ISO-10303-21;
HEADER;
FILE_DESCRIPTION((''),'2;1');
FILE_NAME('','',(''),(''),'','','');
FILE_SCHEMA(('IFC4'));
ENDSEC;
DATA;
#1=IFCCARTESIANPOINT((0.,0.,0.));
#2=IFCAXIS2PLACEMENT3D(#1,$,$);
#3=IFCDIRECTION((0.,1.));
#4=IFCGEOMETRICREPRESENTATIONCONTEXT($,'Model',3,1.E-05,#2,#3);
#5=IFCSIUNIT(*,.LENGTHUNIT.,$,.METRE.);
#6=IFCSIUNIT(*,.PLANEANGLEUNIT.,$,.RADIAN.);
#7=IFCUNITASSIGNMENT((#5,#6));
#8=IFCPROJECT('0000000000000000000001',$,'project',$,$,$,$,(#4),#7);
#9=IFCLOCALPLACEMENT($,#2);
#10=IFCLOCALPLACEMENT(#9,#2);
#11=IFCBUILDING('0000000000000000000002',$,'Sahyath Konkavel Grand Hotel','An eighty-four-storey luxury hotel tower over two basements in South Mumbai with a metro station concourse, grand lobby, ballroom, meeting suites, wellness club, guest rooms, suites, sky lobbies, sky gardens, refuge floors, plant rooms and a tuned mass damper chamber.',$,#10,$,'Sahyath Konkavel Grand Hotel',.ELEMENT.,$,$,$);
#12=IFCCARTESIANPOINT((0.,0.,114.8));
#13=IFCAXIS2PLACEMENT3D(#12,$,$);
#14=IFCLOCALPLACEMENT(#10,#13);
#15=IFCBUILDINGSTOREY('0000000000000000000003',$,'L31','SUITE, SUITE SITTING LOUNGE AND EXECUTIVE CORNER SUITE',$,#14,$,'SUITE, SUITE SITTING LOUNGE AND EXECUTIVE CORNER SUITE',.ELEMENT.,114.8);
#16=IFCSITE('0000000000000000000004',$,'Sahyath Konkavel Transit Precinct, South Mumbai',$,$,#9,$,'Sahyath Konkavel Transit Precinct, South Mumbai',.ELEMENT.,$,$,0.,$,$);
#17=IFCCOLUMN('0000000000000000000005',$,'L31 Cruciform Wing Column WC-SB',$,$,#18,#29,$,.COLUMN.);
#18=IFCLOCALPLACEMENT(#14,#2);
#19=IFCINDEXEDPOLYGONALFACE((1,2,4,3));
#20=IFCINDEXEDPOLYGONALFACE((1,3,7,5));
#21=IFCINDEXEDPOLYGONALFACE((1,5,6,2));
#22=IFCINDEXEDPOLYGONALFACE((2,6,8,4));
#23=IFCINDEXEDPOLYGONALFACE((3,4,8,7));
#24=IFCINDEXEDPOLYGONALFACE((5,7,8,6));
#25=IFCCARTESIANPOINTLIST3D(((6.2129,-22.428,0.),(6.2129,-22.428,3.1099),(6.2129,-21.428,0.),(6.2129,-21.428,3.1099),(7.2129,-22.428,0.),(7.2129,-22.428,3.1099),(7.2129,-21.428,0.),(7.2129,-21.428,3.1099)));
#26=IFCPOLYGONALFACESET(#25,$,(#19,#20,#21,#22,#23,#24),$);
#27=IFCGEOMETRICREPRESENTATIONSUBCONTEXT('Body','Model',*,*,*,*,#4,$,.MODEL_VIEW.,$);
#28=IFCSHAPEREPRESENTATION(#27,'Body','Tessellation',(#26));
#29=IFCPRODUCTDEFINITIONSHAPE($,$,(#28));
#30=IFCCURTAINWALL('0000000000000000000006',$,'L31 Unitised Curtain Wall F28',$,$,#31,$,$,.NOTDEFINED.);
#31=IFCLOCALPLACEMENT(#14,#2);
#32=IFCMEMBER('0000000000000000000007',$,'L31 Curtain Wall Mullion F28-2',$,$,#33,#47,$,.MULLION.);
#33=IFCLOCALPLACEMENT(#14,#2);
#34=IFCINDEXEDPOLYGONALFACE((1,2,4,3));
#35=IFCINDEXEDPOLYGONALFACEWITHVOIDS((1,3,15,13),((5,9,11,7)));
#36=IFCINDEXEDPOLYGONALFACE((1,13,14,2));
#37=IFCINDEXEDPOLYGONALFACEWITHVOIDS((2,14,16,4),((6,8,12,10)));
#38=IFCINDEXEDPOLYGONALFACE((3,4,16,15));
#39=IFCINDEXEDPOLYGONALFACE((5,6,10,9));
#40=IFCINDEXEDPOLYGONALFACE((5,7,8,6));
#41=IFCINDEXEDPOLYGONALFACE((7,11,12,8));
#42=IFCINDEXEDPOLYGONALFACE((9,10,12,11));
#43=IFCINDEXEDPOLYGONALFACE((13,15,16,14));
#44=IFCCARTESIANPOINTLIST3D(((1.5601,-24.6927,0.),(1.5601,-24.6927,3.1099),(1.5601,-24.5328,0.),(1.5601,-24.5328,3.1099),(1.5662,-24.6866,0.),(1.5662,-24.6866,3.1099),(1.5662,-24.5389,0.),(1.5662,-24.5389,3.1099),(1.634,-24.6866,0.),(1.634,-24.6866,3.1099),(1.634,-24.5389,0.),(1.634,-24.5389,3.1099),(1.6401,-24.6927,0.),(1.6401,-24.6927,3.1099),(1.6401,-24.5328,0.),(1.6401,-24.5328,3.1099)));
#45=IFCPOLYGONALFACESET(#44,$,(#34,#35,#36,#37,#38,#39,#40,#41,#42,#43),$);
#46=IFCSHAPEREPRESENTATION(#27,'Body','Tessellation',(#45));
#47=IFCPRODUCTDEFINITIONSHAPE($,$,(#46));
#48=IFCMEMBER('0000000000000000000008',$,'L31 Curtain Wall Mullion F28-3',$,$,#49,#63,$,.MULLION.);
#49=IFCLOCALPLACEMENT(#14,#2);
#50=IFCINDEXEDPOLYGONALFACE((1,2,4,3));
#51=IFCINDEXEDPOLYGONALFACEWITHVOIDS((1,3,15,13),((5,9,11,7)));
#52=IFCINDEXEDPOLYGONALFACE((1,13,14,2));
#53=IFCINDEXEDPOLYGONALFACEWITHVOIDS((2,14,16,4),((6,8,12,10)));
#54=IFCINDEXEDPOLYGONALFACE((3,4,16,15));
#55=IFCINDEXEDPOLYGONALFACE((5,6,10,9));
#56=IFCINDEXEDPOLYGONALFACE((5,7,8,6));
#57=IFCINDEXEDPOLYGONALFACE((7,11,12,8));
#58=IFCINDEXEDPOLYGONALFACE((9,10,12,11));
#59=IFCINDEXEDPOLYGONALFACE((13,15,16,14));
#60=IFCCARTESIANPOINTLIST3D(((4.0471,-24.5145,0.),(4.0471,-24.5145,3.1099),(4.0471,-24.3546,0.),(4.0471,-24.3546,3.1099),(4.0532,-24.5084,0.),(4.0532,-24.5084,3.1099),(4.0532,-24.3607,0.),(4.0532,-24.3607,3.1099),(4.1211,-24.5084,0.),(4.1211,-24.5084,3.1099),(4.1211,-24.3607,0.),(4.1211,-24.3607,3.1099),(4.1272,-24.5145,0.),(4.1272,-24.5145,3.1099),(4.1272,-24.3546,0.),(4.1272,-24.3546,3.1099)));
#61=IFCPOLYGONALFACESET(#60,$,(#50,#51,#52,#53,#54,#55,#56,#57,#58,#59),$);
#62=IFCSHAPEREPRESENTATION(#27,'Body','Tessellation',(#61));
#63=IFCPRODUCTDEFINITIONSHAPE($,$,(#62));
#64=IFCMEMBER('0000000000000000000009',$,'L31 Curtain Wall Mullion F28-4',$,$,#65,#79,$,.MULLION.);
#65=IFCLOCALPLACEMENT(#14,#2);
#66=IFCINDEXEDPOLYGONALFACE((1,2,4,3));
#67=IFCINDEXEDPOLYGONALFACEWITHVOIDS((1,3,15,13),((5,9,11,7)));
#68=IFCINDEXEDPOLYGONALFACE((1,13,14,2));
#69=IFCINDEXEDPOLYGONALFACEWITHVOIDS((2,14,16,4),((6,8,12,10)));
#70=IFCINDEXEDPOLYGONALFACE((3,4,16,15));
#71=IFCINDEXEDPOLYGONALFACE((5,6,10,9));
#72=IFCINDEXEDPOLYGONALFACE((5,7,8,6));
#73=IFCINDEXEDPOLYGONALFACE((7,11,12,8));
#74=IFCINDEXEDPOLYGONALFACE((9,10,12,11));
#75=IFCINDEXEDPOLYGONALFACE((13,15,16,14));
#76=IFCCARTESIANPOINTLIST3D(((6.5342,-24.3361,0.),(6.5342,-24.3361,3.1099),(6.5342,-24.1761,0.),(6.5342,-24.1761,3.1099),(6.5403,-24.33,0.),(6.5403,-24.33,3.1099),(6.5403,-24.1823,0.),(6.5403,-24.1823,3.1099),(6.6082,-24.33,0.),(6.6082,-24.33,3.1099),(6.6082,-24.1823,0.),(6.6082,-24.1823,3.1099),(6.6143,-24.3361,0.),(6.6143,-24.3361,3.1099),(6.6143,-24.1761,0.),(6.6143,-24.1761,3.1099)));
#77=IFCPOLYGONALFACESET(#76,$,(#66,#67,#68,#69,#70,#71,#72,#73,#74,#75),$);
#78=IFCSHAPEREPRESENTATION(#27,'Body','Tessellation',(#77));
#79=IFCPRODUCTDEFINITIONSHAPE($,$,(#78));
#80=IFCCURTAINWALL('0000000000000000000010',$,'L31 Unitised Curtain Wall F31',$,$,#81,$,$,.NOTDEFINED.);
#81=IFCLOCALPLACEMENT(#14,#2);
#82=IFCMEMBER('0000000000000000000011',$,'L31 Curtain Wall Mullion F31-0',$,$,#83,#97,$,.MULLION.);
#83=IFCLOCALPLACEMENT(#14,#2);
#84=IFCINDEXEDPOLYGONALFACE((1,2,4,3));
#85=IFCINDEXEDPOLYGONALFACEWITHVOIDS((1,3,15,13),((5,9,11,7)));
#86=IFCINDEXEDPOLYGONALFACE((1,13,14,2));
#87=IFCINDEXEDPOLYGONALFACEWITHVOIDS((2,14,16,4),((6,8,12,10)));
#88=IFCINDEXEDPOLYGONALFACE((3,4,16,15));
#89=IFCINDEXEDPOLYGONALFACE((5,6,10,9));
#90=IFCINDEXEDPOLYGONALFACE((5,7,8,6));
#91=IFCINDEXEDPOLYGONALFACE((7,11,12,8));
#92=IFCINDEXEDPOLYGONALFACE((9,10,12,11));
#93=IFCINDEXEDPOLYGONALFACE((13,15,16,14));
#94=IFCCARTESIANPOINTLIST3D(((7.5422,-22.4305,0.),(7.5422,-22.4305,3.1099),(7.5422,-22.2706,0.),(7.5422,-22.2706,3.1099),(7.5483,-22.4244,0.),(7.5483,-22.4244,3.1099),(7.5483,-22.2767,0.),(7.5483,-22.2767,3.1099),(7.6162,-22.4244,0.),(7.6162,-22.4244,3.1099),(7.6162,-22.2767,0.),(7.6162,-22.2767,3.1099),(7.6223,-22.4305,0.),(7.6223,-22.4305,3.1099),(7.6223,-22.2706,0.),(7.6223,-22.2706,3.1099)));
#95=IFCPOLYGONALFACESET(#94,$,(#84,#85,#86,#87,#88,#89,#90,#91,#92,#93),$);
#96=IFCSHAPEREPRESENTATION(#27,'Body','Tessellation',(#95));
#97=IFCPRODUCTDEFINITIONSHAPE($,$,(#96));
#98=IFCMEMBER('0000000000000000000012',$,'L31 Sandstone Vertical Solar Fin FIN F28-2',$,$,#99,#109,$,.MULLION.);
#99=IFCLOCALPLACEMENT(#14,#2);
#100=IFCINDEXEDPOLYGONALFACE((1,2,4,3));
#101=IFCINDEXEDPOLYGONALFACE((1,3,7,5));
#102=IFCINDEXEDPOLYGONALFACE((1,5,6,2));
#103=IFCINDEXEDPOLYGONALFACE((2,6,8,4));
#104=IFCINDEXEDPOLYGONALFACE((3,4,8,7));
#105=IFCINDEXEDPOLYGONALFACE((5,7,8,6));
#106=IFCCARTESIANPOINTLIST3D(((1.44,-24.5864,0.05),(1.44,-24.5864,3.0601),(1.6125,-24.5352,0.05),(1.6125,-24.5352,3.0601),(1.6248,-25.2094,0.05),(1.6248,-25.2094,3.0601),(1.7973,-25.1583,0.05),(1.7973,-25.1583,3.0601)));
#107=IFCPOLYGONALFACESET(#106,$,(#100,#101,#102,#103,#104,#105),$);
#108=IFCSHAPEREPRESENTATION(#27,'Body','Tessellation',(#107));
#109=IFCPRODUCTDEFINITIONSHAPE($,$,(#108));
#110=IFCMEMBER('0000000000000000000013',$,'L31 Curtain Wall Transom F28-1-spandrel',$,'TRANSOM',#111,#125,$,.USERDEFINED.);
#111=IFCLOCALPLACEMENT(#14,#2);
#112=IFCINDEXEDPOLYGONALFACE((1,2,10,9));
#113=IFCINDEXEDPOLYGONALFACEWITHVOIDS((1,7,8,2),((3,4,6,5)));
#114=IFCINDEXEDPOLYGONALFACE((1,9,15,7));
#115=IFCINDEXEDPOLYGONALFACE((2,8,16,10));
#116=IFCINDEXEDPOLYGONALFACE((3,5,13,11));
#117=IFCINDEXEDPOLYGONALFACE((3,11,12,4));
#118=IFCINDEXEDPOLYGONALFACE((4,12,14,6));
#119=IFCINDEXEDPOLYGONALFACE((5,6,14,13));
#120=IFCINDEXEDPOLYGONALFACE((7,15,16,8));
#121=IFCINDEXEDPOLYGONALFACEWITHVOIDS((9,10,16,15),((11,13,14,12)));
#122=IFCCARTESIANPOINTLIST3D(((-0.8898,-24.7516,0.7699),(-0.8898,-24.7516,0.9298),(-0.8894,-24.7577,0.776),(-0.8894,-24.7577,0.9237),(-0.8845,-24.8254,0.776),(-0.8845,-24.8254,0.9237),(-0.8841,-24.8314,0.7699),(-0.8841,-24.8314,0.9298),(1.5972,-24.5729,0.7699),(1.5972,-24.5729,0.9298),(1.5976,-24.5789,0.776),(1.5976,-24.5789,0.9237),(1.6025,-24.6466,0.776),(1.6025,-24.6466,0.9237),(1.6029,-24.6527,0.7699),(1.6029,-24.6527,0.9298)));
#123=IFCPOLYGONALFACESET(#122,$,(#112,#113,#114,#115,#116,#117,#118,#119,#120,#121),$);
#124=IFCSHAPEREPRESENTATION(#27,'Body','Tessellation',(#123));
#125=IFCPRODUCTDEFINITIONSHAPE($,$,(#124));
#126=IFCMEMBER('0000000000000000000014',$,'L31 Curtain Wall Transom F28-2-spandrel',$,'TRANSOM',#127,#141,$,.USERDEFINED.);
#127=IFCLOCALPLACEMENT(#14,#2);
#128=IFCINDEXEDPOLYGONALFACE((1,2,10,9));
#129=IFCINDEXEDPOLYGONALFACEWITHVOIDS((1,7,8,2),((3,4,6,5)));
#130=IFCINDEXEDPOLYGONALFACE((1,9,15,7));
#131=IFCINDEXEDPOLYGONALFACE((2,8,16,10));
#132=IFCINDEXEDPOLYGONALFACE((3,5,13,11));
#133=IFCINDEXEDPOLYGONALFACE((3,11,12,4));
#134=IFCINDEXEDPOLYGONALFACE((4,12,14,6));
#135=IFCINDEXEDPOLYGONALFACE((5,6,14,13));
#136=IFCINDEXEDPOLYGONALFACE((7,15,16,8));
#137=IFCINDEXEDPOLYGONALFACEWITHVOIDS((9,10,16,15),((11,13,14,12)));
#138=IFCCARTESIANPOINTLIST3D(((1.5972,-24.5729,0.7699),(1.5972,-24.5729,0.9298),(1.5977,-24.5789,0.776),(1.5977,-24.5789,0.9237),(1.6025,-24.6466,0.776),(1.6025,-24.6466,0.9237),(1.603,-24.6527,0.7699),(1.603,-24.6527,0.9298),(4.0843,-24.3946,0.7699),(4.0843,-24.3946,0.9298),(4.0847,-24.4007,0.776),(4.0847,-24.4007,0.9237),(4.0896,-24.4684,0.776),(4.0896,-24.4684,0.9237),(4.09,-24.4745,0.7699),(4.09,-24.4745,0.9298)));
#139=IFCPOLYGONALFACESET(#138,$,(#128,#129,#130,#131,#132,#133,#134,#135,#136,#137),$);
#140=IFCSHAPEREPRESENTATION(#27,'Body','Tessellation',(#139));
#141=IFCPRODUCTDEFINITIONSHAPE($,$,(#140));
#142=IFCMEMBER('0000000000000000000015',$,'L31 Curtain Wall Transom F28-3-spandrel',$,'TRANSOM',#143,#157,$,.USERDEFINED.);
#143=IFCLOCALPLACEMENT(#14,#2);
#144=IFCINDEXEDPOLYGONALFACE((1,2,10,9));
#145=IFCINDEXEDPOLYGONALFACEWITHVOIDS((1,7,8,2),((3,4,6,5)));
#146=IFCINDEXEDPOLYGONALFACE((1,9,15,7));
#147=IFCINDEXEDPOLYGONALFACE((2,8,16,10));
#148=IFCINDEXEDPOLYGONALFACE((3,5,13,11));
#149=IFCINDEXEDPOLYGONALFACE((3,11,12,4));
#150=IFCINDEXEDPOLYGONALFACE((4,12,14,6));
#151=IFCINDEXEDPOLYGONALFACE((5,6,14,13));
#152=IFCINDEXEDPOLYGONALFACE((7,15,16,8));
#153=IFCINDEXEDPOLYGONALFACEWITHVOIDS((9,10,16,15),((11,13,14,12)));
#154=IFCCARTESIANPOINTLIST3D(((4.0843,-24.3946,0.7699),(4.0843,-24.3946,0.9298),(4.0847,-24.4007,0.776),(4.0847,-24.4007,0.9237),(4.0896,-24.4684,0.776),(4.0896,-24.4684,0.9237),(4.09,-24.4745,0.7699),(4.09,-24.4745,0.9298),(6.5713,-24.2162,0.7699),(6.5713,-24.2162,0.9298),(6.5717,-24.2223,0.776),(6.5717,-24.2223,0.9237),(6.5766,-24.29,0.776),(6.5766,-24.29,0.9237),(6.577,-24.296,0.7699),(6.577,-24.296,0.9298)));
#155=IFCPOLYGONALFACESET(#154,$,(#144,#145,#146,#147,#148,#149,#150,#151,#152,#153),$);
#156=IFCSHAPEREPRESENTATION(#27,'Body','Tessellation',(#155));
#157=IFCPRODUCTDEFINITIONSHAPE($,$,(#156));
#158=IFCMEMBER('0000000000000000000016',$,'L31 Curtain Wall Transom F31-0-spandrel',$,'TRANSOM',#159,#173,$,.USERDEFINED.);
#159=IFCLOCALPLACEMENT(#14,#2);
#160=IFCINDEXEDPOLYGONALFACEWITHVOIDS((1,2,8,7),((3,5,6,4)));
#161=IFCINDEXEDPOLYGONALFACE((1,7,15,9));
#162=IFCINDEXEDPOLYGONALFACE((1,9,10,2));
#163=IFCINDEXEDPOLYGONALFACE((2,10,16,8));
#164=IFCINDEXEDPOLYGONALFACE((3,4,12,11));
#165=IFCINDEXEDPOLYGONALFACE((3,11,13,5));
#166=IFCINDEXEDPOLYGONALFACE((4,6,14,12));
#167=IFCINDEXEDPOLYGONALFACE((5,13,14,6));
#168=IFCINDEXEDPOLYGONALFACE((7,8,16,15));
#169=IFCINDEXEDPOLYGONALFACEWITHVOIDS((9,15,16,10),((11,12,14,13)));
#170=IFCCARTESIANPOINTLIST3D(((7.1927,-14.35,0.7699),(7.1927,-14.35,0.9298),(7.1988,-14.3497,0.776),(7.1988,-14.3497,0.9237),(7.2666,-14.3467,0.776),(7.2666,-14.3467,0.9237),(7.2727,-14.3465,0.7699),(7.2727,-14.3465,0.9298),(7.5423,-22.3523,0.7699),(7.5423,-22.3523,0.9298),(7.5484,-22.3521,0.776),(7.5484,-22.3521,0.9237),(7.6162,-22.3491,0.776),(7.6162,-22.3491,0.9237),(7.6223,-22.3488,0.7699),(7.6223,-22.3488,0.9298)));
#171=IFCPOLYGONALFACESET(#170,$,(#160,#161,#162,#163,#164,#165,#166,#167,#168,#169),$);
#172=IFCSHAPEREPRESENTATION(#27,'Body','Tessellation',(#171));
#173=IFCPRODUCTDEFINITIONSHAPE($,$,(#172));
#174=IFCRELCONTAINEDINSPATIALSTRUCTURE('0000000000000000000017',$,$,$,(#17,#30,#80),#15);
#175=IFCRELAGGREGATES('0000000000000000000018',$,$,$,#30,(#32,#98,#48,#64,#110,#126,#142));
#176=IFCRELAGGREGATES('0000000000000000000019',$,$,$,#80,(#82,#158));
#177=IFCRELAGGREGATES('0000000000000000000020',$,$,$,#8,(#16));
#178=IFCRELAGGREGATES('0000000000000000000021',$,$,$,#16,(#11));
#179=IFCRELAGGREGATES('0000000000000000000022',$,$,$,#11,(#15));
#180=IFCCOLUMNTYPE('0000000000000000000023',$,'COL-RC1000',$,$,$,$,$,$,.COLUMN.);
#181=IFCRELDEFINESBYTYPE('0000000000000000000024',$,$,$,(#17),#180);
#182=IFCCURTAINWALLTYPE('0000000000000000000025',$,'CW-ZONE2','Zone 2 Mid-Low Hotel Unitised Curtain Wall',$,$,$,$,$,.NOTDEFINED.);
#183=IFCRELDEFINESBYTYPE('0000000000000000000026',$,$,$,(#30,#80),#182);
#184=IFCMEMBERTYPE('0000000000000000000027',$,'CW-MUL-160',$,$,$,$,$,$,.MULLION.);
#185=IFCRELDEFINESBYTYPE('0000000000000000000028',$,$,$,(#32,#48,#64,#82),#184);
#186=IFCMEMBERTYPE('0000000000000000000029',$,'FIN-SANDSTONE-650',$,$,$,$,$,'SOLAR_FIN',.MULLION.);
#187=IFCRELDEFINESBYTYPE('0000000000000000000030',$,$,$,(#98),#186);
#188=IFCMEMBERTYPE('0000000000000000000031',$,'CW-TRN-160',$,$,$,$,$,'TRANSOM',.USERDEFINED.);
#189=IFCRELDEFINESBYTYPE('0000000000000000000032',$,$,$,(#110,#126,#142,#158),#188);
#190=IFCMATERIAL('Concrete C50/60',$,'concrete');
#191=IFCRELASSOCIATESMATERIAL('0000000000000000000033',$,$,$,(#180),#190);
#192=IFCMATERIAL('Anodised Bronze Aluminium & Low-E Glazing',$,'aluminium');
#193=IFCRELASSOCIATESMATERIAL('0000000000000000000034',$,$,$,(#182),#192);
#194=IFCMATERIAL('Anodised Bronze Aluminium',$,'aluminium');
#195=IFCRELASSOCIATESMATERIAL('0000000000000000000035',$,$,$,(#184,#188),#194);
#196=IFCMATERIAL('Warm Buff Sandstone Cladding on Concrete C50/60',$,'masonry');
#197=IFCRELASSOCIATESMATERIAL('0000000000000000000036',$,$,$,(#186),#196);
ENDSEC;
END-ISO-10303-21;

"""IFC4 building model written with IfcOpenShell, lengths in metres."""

from ifc_helpers import new_model, si_unit, direction, frame, origin, origin_2d, place, context, subcontext, project, spatial, rectangle, hollow_rectangle, extrude, source, transform, mapped, material, material_profile, profile_set, type_object, element, aggregate, save


model = new_model("IFC4")

# Units and contexts
model_context = context("Model", 3, precision=1e-05, world=origin(), true_north=direction((0.0, 1.0)))
body_context = subcontext(model_context, "Body", "Model", "MODEL_VIEW")
ifc_project = project(units=[si_unit("LENGTHUNIT", "METRE"), si_unit("PLANEANGLEUNIT", "RADIAN")], contexts=[model_context])

# Site, building, storey
site_placement = place(None, origin())
site = spatial("IfcSite", under=ifc_project, at=site_placement, Name="Sahyath Konkavel Transit Precinct, South Mumbai", LongName="Sahyath Konkavel Transit Precinct, South Mumbai", CompositionType="ELEMENT", RefElevation=0.0)
building_placement = place(site_placement, origin())
building = spatial("IfcBuilding", under=site, at=building_placement, Name="Sahyath Konkavel Grand Hotel", Description="An eighty-four-storey luxury hotel tower over two basements in South Mumbai with a metro station concourse, grand lobby, ballroom, meeting suites, wellness club, guest rooms, suites, sky lobbies, sky gardens, refuge floors, plant rooms and a tuned mass damper chamber.", LongName="Sahyath Konkavel Grand Hotel", CompositionType="ELEMENT")
storey_placement = place(building_placement, frame((0.0, 0.0, 114.8)))
storey = spatial("IfcBuildingStorey", under=building, at=storey_placement, Name="L31", Description="SUITE, SUITE SITTING LOUNGE AND EXECUTIVE CORNER SUITE", LongName="SUITE, SUITE SITTING LOUNGE AND EXECUTIVE CORNER SUITE", CompositionType="ELEMENT", Elevation=114.8)

# Column
ifc_material_1 = material(Name="Concrete C50/60", Category="concrete")
ifc_material_profile_1 = material_profile(ifc_material_1, rectangle(XDim=1.0, YDim=1.0, at=origin_2d()), Name="RC 1000x1000")
ifc_profile_set_1 = profile_set([ifc_material_profile_1], Name="Concrete C50/60")
column_type = type_object("IfcColumnType", Name="COL-RC1000", PredefinedType="COLUMN", material=ifc_profile_set_1)
shared_shape_1 = source(origin(), body_context, "Body", "SweptSolid", [
    extrude(rectangle(XDim=1.0, YDim=1.0, at=origin_2d()), origin(), (0.0, 0.0, 1.0), 3.1099),
])
column_placement = place(storey_placement, frame((6.7129, -21.928, 0.0), z_axis=(0.0, 0.0, 1.0), x_axis=(1.0, 0.0, 0.0)))
element("IfcColumn", 1, at=column_placement, inside=storey, type_object=column_type, Name="L31 Cruciform Wing Column WC-SB", PredefinedType="COLUMN", context=body_context, shape_type="MappedRepresentation", body=[
    mapped(shared_shape_1, transform((0.0, 0.0, 0.0), scale=1.0)),
])

# Curtain wall, members
ifc_material_2 = material(Name="Anodised Bronze Aluminium & Low-E Glazing", Category="aluminium")
curtain_wall_type = type_object("IfcCurtainWallType", Name="CW-ZONE2", Description="Zone 2 Mid-Low Hotel Unitised Curtain Wall", PredefinedType="NOTDEFINED", material=ifc_material_2)
curtain_wall_1_placement = place(storey_placement, origin())
curtain_wall_1 = element("IfcCurtainWall", 2, at=curtain_wall_1_placement, inside=storey, type_object=curtain_wall_type, Name="L31 Unitised Curtain Wall F28", PredefinedType="NOTDEFINED")
ifc_material_3 = material(Name="Anodised Bronze Aluminium", Category="aluminium")
ifc_material_profile_2 = material_profile(ifc_material_3, hollow_rectangle(XDim=0.0801, YDim=0.1599, WallThickness=0.0061, at=origin_2d()), Name="RHS 160x80x6")
ifc_profile_set_2 = profile_set([ifc_material_profile_2], Name="Anodised Bronze Aluminium")
member_type_1 = type_object("IfcMemberType", Name="CW-MUL-160", PredefinedType="MULLION", material=ifc_profile_set_2)
shared_shape_2 = source(origin(), body_context, "Body", "SweptSolid", [
    extrude(hollow_rectangle(XDim=0.0801, YDim=0.1599, WallThickness=0.0061, at=origin_2d()), origin(), (0.0, 0.0, 1.0), 3.1099),
])
member_1_placement = place(storey_placement, frame((1.6001, -24.6128, 0.0), z_axis=(0.0, 0.0, 1.0), x_axis=(1.0, 0.0, 0.0)))
member_1 = element("IfcMember", 3, at=member_1_placement, type_object=member_type_1, Name="L31 Curtain Wall Mullion F28-2", PredefinedType="MULLION", context=body_context, shape_type="MappedRepresentation", body=[
    mapped(shared_shape_2, transform((0.0, 0.0, 0.0), scale=1.0)),
])
member_2_placement = place(storey_placement, frame((4.0872, -24.4346, 0.0), z_axis=(0.0, 0.0, 1.0), x_axis=(1.0, 0.0, 0.0)))
member_2 = element("IfcMember", 4, at=member_2_placement, type_object=member_type_1, Name="L31 Curtain Wall Mullion F28-3", PredefinedType="MULLION", context=body_context, shape_type="MappedRepresentation", body=[
    mapped(shared_shape_2, transform((0.0, 0.0, 0.0), scale=1.0)),
])
member_3_placement = place(storey_placement, frame((6.5742, -24.2561, 0.0), z_axis=(0.0, 0.0, 1.0), x_axis=(1.0, 0.0, 0.0)))
member_3 = element("IfcMember", 5, at=member_3_placement, type_object=member_type_1, Name="L31 Curtain Wall Mullion F28-4", PredefinedType="MULLION", context=body_context, shape_type="MappedRepresentation", body=[
    mapped(shared_shape_2, transform((0.0, 0.0, 0.0), scale=1.0)),
])

# Curtain wall, member
curtain_wall_2_placement = place(storey_placement, origin())
curtain_wall_2 = element("IfcCurtainWall", 6, at=curtain_wall_2_placement, inside=storey, type_object=curtain_wall_type, Name="L31 Unitised Curtain Wall F31", PredefinedType="NOTDEFINED")
member_4_placement = place(storey_placement, frame((7.5823, -22.3506, 0.0), z_axis=(0.0, 0.0, 1.0), x_axis=(1.0, 0.0, 0.0)))
member_4 = element("IfcMember", 7, at=member_4_placement, type_object=member_type_1, Name="L31 Curtain Wall Mullion F31-0", PredefinedType="MULLION", context=body_context, shape_type="MappedRepresentation", body=[
    mapped(shared_shape_2, transform((0.0, 0.0, 0.0), scale=1.0)),
])

# Members
ifc_material_4 = material(Name="Warm Buff Sandstone Cladding on Concrete C50/60", Category="masonry")
ifc_material_profile_3 = material_profile(ifc_material_4, rectangle(XDim=0.1799, YDim=0.6499, at=origin_2d()), Name="FIN 180x650")
ifc_profile_set_3 = profile_set([ifc_material_profile_3], Name="Warm Buff Sandstone Cladding on Concrete C50/60")
member_type_2 = type_object("IfcMemberType", Name="FIN-SANDSTONE-650", ElementType="SOLAR_FIN", PredefinedType="MULLION", material=ifc_profile_set_3)
shared_shape_3 = source(origin(), body_context, "Body", "SweptSolid", [
    extrude(rectangle(XDim=0.1799, YDim=0.6499, at=origin_2d()), origin(), (0.0, 0.0, 1.0), 3.01),
])
member_5_placement = place(storey_placement, frame((1.6187, -24.8723, 0.05), z_axis=(0.0, 0.0, 1.0), x_axis=(0.958721, 0.28435, 0.0)))
member_5 = element("IfcMember", 8, at=member_5_placement, type_object=member_type_2, Name="L31 Sandstone Vertical Solar Fin FIN F28-2", PredefinedType="MULLION", context=body_context, shape_type="MappedRepresentation", body=[
    mapped(shared_shape_3, transform((0.0, 0.0, 0.0), scale=1.0)),
])
ifc_material_profile_4 = material_profile(ifc_material_3, hollow_rectangle(XDim=0.0801, YDim=0.1599, WallThickness=0.0061, at=origin_2d()), Name="RHS 160x80x6")
ifc_profile_set_4 = profile_set([ifc_material_profile_4], Name="Anodised Bronze Aluminium")
member_type_3 = type_object("IfcMemberType", Name="CW-TRN-160", ElementType="TRANSOM", PredefinedType="USERDEFINED", material=ifc_profile_set_4)
shared_shape_4 = source(origin(), body_context, "Body", "SweptSolid", [
    extrude(hollow_rectangle(XDim=0.0801, YDim=0.1599, WallThickness=0.0061, at=origin_2d()), origin(), (0.0, 0.0, 1.0), 2.4934),
])
member_6_placement = place(storey_placement, frame((-0.887, -24.7915, 0.8499), z_axis=(0.997428, 0.071671, 0.0), x_axis=(-0.071671, 0.997428, 0.0)))
member_6 = element("IfcMember", 9, at=member_6_placement, type_object=member_type_3, Name="L31 Curtain Wall Transom F28-1-spandrel", ObjectType="TRANSOM", PredefinedType="USERDEFINED", context=body_context, shape_type="MappedRepresentation", body=[
    mapped(shared_shape_4, transform((0.0, 0.0, 0.0), scale=1.0)),
])
member_7_placement = place(storey_placement, frame((1.6001, -24.6128, 0.8499), z_axis=(0.997442, 0.071477, 0.0), x_axis=(-0.071477, 0.997442, 0.0)))
member_7 = element("IfcMember", 10, at=member_7_placement, type_object=member_type_3, Name="L31 Curtain Wall Transom F28-2-spandrel", ObjectType="TRANSOM", PredefinedType="USERDEFINED", context=body_context, shape_type="MappedRepresentation", body=[
    mapped(shared_shape_4, transform((0.0, 0.0, 0.0), scale=1.0)),
])
member_8_placement = place(storey_placement, frame((4.0872, -24.4346, 0.8499), z_axis=(0.997435, 0.071574, 0.0), x_axis=(-0.071574, 0.997435, 0.0)))
member_8 = element("IfcMember", 11, at=member_8_placement, type_object=member_type_3, Name="L31 Curtain Wall Transom F28-3-spandrel", ObjectType="TRANSOM", PredefinedType="USERDEFINED", context=body_context, shape_type="MappedRepresentation", body=[
    mapped(shared_shape_4, transform((0.0, 0.0, 0.0), scale=1.0)),
])
shared_shape_5 = source(origin(), body_context, "Body", "SweptSolid", [
    extrude(hollow_rectangle(XDim=0.0801, YDim=0.1599, WallThickness=0.0061, at=origin_2d()), origin(), (0.0, 0.0, 1.0), 8.01),
])
member_9_placement = place(storey_placement, frame((7.5823, -22.3506, 0.8499), z_axis=(-0.043646, 0.999047, 0.0), x_axis=(-0.999047, -0.043646, 0.0)))
member_9 = element("IfcMember", 12, at=member_9_placement, type_object=member_type_3, Name="L31 Curtain Wall Transom F31-0-spandrel", ObjectType="TRANSOM", PredefinedType="USERDEFINED", context=body_context, shape_type="MappedRepresentation", body=[
    mapped(shared_shape_5, transform((0.0, 0.0, 0.0), scale=1.0)),
])

aggregate(curtain_wall_1, [member_1, member_5, member_2, member_3, member_6, member_7, member_8])
aggregate(curtain_wall_2, [member_4, member_9])

save(model, "model.ifc")
